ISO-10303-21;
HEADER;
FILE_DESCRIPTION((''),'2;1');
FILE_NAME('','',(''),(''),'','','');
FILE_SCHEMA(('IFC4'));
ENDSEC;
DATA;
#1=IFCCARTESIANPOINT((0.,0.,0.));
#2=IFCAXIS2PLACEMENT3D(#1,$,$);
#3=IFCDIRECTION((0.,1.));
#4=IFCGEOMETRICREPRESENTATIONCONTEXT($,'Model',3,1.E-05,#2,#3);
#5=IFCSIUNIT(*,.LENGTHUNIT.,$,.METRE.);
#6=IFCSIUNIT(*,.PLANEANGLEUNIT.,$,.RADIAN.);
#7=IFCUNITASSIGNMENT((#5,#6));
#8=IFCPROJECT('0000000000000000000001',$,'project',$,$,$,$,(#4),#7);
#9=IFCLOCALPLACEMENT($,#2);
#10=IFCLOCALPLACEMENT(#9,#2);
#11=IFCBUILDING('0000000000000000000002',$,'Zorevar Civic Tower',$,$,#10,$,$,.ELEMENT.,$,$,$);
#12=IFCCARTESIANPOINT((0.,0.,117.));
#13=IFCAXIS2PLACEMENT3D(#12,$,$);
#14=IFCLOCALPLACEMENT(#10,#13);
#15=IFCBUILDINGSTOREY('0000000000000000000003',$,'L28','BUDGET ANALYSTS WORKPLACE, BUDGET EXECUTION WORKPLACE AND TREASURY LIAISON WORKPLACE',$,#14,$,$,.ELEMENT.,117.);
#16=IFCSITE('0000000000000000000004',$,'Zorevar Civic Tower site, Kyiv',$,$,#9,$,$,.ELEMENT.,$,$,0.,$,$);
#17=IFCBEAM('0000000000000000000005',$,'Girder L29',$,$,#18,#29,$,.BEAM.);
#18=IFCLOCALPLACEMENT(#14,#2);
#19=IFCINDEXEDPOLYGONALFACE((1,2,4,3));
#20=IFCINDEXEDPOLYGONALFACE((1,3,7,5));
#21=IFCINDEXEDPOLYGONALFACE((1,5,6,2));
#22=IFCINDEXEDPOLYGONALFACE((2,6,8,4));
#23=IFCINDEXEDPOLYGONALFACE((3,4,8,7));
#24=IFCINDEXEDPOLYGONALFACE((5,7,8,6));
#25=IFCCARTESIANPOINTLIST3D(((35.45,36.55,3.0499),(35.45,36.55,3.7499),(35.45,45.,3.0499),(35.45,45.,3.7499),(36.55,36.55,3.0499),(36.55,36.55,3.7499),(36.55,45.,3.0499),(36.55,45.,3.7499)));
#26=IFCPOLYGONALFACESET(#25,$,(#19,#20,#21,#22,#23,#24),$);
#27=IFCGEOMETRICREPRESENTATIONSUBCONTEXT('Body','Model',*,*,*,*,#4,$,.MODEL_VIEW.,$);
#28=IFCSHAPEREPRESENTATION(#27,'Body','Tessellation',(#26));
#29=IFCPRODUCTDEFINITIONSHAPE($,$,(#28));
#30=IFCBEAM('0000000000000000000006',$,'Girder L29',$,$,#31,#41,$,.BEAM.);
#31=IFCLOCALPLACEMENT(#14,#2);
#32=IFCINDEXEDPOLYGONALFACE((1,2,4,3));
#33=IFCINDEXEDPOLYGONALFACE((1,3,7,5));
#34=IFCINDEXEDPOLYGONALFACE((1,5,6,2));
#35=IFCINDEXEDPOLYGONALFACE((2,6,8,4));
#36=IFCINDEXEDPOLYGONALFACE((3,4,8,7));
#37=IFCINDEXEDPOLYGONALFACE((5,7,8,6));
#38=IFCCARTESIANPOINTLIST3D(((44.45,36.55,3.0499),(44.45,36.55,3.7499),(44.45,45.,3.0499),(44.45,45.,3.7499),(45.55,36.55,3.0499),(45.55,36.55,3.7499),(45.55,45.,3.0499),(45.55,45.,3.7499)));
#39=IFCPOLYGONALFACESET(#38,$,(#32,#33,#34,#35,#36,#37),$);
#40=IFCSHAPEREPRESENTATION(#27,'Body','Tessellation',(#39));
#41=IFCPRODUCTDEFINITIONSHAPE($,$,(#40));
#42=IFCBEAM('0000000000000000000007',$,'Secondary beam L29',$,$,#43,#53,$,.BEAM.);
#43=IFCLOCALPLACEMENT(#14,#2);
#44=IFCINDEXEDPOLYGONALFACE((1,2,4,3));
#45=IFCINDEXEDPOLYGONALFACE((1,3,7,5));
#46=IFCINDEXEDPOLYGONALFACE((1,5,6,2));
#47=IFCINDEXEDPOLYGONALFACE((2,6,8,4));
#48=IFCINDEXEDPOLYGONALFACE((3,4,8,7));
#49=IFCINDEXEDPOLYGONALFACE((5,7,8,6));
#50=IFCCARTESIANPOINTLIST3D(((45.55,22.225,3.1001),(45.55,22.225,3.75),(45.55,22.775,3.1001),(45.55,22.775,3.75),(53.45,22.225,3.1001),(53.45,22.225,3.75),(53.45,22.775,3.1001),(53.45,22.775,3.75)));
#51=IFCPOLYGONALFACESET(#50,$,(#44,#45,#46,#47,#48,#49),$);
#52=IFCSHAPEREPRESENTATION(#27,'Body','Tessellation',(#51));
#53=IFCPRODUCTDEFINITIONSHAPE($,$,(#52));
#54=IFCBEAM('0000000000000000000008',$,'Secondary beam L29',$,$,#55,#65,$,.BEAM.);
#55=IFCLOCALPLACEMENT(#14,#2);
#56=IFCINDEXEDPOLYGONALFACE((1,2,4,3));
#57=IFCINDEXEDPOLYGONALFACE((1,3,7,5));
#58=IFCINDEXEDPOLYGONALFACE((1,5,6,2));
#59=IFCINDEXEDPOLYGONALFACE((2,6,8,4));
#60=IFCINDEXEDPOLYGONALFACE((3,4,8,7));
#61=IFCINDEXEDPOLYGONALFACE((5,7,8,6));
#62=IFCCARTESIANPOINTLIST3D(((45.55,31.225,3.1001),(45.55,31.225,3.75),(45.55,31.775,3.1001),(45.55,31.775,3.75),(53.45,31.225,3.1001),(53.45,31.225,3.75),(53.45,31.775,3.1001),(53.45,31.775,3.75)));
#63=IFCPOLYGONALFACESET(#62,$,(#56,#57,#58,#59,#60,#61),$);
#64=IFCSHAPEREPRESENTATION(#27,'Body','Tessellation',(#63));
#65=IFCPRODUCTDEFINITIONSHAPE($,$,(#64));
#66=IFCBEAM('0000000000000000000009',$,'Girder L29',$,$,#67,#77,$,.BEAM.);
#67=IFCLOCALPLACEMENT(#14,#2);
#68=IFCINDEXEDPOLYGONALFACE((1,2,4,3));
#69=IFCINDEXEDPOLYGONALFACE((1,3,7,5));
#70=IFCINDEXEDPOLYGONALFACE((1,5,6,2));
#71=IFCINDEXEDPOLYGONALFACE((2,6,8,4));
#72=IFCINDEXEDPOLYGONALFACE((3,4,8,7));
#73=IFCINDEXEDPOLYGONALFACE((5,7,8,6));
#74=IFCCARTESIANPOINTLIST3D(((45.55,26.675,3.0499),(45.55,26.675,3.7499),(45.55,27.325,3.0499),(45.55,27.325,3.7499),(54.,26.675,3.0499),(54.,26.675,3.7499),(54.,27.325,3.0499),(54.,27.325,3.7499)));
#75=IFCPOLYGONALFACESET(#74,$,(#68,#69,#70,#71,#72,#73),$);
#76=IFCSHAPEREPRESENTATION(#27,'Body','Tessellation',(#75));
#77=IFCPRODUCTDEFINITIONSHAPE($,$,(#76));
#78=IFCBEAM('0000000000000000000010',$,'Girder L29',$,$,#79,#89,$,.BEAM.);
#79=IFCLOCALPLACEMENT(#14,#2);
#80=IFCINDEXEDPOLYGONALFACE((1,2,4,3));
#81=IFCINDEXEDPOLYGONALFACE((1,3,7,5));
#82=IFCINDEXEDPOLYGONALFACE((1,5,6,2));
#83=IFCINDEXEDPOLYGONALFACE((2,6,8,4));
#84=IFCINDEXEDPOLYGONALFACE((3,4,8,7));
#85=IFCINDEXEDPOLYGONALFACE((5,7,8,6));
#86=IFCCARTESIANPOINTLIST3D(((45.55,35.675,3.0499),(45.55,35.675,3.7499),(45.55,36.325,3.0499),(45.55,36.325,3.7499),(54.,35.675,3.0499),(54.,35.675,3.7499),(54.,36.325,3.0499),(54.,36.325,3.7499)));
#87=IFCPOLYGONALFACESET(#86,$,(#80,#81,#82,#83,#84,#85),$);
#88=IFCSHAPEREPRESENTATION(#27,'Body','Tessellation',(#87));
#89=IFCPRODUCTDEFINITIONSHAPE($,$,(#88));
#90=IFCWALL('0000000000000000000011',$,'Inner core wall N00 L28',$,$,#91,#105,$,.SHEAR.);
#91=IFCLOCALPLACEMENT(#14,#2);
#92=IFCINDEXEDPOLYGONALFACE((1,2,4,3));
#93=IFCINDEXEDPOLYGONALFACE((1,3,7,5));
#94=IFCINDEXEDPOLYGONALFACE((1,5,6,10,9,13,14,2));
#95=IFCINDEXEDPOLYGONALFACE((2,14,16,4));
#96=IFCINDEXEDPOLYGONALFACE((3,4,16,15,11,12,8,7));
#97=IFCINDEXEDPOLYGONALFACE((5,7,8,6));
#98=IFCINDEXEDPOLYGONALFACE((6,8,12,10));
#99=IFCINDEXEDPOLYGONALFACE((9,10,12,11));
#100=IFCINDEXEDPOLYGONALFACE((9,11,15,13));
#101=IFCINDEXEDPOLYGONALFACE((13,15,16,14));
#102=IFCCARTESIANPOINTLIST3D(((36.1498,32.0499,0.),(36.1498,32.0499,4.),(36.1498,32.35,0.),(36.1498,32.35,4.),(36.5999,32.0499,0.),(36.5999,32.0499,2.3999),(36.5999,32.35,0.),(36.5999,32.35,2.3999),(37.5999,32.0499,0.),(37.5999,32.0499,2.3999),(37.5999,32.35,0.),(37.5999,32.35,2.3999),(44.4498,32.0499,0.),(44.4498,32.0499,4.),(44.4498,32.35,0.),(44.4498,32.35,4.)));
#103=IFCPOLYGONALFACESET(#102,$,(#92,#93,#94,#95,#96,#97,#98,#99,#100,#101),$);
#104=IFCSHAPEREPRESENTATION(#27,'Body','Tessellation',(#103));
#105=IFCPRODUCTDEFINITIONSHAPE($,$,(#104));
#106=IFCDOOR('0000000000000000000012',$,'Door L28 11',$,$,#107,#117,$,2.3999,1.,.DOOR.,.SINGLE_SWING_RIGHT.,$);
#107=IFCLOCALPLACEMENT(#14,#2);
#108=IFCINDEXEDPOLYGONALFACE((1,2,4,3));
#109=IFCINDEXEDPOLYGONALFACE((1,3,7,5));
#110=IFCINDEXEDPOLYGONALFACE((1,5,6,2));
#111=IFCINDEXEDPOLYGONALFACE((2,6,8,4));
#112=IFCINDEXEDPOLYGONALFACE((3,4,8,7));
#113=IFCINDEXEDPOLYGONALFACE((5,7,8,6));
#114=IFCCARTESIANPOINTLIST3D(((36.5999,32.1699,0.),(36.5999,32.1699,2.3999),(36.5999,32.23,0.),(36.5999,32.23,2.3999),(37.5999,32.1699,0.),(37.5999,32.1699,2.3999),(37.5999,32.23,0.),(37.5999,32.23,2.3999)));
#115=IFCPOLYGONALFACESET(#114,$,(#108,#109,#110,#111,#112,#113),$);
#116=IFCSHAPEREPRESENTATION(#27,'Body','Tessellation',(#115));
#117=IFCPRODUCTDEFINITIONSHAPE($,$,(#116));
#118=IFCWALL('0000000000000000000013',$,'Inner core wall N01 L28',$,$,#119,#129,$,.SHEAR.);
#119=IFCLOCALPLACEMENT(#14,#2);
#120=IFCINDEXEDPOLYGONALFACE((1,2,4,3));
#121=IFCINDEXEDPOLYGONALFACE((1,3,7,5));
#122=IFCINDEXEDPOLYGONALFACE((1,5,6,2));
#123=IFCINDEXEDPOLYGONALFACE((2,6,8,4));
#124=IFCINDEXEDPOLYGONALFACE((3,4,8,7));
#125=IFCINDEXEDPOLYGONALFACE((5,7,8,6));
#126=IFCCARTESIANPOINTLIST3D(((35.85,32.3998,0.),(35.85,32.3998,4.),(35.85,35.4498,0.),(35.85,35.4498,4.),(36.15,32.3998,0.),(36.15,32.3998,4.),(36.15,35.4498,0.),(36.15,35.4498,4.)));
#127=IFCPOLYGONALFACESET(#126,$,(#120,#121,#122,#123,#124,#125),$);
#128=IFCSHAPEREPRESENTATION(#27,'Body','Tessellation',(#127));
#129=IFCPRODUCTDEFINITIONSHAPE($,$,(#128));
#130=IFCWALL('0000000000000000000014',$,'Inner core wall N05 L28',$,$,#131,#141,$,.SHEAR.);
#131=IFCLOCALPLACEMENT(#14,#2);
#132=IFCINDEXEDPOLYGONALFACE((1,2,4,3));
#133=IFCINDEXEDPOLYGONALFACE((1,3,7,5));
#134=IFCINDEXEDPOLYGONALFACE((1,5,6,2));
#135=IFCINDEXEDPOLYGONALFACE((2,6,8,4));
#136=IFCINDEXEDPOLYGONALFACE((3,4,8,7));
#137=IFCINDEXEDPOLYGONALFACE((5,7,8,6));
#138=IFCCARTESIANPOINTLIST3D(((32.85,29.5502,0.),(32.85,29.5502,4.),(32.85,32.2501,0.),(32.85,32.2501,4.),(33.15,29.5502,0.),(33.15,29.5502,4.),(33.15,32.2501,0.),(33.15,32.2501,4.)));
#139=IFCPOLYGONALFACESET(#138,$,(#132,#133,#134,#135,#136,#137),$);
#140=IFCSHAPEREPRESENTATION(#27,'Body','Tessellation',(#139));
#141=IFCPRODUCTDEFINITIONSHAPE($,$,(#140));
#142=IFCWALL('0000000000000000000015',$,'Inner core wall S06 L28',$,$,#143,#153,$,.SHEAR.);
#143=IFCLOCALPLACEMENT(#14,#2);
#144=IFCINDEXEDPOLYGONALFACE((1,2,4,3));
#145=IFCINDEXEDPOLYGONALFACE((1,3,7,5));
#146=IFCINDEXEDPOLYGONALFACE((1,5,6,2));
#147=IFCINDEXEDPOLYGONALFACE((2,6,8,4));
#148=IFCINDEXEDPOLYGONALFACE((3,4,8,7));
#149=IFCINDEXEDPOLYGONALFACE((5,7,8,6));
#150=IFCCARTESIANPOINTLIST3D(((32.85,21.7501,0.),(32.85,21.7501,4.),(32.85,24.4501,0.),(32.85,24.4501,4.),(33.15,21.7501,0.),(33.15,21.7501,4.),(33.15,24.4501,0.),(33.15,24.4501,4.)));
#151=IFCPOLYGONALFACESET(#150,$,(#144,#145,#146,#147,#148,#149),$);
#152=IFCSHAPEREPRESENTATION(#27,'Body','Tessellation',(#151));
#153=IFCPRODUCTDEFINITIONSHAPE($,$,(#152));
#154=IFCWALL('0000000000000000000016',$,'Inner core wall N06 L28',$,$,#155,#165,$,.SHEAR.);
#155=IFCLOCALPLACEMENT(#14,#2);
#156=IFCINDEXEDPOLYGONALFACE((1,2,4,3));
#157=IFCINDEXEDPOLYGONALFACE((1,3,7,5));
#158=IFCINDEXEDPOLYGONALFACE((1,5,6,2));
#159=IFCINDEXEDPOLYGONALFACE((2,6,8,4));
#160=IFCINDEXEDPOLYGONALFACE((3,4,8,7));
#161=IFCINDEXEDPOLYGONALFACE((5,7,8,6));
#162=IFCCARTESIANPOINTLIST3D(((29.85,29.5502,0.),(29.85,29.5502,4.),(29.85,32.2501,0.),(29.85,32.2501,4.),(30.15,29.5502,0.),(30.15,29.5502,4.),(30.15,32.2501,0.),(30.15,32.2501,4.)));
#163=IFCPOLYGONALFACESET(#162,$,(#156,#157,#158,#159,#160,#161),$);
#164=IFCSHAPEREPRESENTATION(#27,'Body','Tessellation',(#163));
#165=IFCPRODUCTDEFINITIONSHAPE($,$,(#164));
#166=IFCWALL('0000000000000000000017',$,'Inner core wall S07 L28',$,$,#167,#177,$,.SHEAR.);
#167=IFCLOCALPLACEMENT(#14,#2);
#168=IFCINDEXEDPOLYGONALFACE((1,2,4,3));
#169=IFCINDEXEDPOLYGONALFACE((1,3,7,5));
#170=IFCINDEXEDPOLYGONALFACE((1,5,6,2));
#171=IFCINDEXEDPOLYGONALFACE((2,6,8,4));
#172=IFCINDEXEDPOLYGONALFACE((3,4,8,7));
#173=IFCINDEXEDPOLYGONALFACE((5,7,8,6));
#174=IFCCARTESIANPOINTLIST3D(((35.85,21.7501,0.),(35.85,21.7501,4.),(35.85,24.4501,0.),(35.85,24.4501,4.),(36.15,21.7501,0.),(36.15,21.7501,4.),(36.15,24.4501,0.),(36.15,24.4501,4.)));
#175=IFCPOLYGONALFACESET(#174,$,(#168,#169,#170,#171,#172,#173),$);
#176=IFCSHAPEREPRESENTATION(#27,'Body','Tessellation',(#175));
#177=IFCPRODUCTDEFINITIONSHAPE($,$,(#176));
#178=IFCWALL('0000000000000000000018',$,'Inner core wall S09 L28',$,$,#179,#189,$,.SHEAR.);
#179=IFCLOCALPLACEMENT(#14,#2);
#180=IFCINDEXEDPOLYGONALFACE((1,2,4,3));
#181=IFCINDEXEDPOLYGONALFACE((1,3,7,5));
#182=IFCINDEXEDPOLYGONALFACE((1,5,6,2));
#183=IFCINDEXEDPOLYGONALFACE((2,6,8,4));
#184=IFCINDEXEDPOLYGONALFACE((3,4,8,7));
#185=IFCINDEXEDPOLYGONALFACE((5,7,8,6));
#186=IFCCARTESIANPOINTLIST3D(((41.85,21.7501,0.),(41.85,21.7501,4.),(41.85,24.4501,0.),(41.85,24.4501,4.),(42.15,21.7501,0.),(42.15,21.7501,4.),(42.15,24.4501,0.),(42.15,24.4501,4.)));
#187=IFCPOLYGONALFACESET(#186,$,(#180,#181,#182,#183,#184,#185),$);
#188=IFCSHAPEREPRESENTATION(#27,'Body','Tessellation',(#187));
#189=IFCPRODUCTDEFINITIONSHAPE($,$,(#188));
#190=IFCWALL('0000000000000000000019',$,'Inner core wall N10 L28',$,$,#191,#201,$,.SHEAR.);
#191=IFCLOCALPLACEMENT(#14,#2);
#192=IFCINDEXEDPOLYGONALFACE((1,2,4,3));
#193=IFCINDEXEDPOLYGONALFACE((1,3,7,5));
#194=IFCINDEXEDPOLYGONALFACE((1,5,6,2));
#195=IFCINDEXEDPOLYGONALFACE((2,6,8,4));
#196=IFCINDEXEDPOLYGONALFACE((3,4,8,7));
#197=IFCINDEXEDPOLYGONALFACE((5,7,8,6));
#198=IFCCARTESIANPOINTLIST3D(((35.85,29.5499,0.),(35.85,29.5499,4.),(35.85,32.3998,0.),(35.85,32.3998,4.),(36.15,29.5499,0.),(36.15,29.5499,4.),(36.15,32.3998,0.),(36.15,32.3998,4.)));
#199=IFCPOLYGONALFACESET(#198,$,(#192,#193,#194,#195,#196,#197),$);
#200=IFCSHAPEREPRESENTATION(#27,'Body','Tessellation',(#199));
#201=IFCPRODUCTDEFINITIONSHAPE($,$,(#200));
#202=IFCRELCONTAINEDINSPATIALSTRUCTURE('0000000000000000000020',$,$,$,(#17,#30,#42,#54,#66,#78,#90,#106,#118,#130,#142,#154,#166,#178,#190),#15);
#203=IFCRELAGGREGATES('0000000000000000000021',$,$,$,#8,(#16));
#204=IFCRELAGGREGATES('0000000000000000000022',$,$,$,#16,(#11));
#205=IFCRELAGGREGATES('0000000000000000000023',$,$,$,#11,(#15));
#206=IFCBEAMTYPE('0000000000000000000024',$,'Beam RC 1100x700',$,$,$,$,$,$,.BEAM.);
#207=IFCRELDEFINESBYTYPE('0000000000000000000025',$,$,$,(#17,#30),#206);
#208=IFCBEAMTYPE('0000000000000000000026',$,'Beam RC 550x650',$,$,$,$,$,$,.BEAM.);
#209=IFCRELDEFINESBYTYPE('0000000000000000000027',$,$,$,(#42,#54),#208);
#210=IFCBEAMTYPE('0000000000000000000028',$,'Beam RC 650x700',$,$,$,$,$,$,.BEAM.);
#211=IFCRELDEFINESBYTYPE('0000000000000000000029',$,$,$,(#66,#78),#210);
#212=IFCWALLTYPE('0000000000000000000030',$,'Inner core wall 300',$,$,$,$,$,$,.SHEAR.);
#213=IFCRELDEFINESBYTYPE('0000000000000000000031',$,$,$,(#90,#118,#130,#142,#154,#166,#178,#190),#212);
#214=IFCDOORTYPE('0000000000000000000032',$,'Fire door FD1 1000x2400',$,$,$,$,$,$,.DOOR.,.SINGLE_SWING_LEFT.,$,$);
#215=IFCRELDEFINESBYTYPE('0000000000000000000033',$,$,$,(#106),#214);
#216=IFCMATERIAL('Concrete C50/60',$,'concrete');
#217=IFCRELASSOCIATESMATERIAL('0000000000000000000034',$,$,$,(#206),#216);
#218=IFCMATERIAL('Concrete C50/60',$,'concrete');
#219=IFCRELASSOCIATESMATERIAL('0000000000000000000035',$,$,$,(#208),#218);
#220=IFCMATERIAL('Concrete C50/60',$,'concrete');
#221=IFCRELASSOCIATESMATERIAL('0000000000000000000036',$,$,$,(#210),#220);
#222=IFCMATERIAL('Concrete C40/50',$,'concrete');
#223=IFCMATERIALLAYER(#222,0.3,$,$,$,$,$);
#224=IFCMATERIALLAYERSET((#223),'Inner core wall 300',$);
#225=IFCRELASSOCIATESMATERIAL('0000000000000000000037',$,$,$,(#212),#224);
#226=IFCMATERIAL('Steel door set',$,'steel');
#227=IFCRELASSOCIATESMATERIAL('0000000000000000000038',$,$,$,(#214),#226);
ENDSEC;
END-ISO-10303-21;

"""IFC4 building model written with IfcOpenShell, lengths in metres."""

from ifc_helpers import new_model, si_unit, direction, frame, frame_2d, origin, origin_2d, place, context, subcontext, project, spatial, rectangle, extrude, material, layer, layer_set, material_profile, profile_set, type_object, element, fill, save


model = new_model("IFC4")

# Units and contexts
model_context = context("Model", 3, precision=1e-05, world=origin(), true_north=direction((0.0, 1.0)))
body_context = subcontext(model_context, "Body", "Model", "MODEL_VIEW")
ifc_project = project(units=[si_unit("LENGTHUNIT", "METRE"), si_unit("PLANEANGLEUNIT", "RADIAN")], contexts=[model_context])

# Site, building, storey
site_placement = place(None, origin())
site = spatial("IfcSite", under=ifc_project, at=site_placement, Name="Zorevar Civic Tower site, Kyiv", CompositionType="ELEMENT", RefElevation=0.0)
building_placement = place(site_placement, origin())
building = spatial("IfcBuilding", under=site, at=building_placement, Name="Zorevar Civic Tower", CompositionType="ELEMENT")
storey_placement = place(building_placement, frame((0.0, 0.0, 117.0)))
storey = spatial("IfcBuildingStorey", under=building, at=storey_placement, Name="L28", Description="BUDGET ANALYSTS WORKPLACE, BUDGET EXECUTION WORKPLACE AND TREASURY LIAISON WORKPLACE", CompositionType="ELEMENT", Elevation=117.0)

# Beams
ifc_material_1 = material(Name="Concrete C50/60", Category="concrete")
ifc_material_profile_1 = material_profile(ifc_material_1, rectangle(XDim=1.1001, YDim=0.7, at=origin_2d()), Name="RC 1100x700")
ifc_profile_set_1 = profile_set([ifc_material_profile_1], Name="Concrete C50/60")
beam_type_1 = type_object("IfcBeamType", Name="Beam RC 1100x700", PredefinedType="BEAM", material=ifc_profile_set_1)
for number, where, z_axis, x_axis, name in (
    (1, (36.0, 36.55, 3.3999), (0.0, 1.0, 0.0), (-1.0, 0.0, 0.0), "Girder L29"),
    (2, (45.0, 36.55, 3.3999), (0.0, 1.0, 0.0), (-1.0, 0.0, 0.0), "Girder L29"),
):
    element("IfcBeam", number, at=place(storey_placement, frame(where, z_axis=z_axis, x_axis=x_axis)), inside=storey, type_object=beam_type_1, Name=name, PredefinedType="BEAM", context=body_context, shape_type="SweptSolid", body=[
        extrude(rectangle(XDim=1.1001, YDim=0.7, at=origin_2d()), origin(), (0.0, 0.0, 1.0), 8.45),
    ])
ifc_material_2 = material(Name="Concrete C50/60", Category="concrete")
ifc_material_profile_2 = material_profile(ifc_material_2, rectangle(XDim=0.55, YDim=0.6499, at=origin_2d()), Name="RC 550x650")
ifc_profile_set_2 = profile_set([ifc_material_profile_2], Name="Concrete C50/60")
beam_type_2 = type_object("IfcBeamType", Name="Beam RC 550x650", PredefinedType="BEAM", material=ifc_profile_set_2)
for number, where, z_axis, x_axis, name in (
    (3, (45.55, 22.5, 3.425), (1.0, 0.0, 0.0), (0.0, 1.0, 0.0), "Secondary beam L29"),
    (4, (45.55, 31.5, 3.425), (1.0, 0.0, 0.0), (0.0, 1.0, 0.0), "Secondary beam L29"),
):
    element("IfcBeam", number, at=place(storey_placement, frame(where, z_axis=z_axis, x_axis=x_axis)), inside=storey, type_object=beam_type_2, Name=name, PredefinedType="BEAM", context=body_context, shape_type="SweptSolid", body=[
        extrude(rectangle(XDim=0.55, YDim=0.6499, at=origin_2d()), origin(), (0.0, 0.0, 1.0), 7.8999),
    ])
ifc_material_3 = material(Name="Concrete C50/60", Category="concrete")
ifc_material_profile_3 = material_profile(ifc_material_3, rectangle(XDim=0.6499, YDim=0.7, at=origin_2d()), Name="RC 650x700")
ifc_profile_set_3 = profile_set([ifc_material_profile_3], Name="Concrete C50/60")
beam_type_3 = type_object("IfcBeamType", Name="Beam RC 650x700", PredefinedType="BEAM", material=ifc_profile_set_3)
for number, where, z_axis, x_axis, name in (
    (5, (45.55, 27.0, 3.3999), (1.0, 0.0, 0.0), (0.0, 1.0, 0.0), "Girder L29"),
    (6, (45.55, 36.0, 3.3999), (1.0, 0.0, 0.0), (0.0, 1.0, 0.0), "Girder L29"),
):
    element("IfcBeam", number, at=place(storey_placement, frame(where, z_axis=z_axis, x_axis=x_axis)), inside=storey, type_object=beam_type_3, Name=name, PredefinedType="BEAM", context=body_context, shape_type="SweptSolid", body=[
        extrude(rectangle(XDim=0.6499, YDim=0.7, at=origin_2d()), origin(), (0.0, 0.0, 1.0), 8.45),
    ])

# Wall, opening, door
ifc_material_4 = material(Name="Concrete C40/50", Category="concrete")
ifc_layer_1 = layer(ifc_material_4, 0.3)
ifc_layer_set_1 = layer_set([ifc_layer_1], Name="Inner core wall 300")
wall_type_1 = type_object("IfcWallType", Name="Inner core wall 300", PredefinedType="SHEAR", material=ifc_layer_set_1)
wall_1_placement = place(storey_placement, frame((36.1499, 32.2, 0.0), z_axis=(0.0, 0.0, 1.0), x_axis=(1.0, 0.0, 0.0)))
wall_1 = element("IfcWall", 7, at=wall_1_placement, inside=storey, type_object=wall_type_1, Name="Inner core wall N00 L28", PredefinedType="SHEAR", context=body_context, shape_type="SweptSolid", body=[
    extrude(rectangle(XDim=8.3, YDim=0.3, at=frame_2d((4.1499, 0.0))), origin(), (0.0, 0.0, 1.0), 4.0),
])
opening_1_placement = place(wall_1_placement, frame((0.45, 0.0, 0.0)))
opening_1 = element("IfcOpeningElement", 8, at=opening_1_placement, cuts=wall_1, PredefinedType="OPENING", context=body_context, shape_type="SweptSolid", body=[
    extrude(rectangle(XDim=1.0, YDim=2.3999, at=frame_2d((0.5, 1.2))), frame((0.0, 0.1599, 0.0), z_axis=(0.0, -1.0, 0.0), x_axis=(1.0, 0.0, 0.0)), (0.0, 0.0, 1.0), 0.3201),
])
ifc_material_5 = material(Name="Steel door set", Category="steel")
door_type_1 = type_object("IfcDoorType", Name="Fire door FD1 1000x2400", OperationType="SINGLE_SWING_LEFT", PredefinedType="DOOR", material=ifc_material_5)
door_1_placement = place(opening_1_placement, origin())
door_1 = element("IfcDoor", 9, at=door_1_placement, inside=storey, type_object=door_type_1, Name="Door L28 11", OperationType="SINGLE_SWING_RIGHT", OverallHeight=2.3999, OverallWidth=1.0, PredefinedType="DOOR", context=body_context, shape_type="SweptSolid", body=[
    extrude(rectangle(XDim=1.0, YDim=2.3999, at=frame_2d((0.5, 1.2))), frame((0.0, 0.03, 0.0), z_axis=(0.0, -1.0, 0.0), x_axis=(1.0, 0.0, 0.0)), (0.0, 0.0, 1.0), 0.0601),
])
fill(opening_1, door_1)

# Wall
wall_2_placement = place(storey_placement, frame((36.0, 32.3999, 0.0), z_axis=(0.0, 0.0, 1.0), x_axis=(0.0, 1.0, 0.0)))
element("IfcWall", 10, at=wall_2_placement, inside=storey, type_object=wall_type_1, Name="Inner core wall N01 L28", PredefinedType="SHEAR", context=body_context, shape_type="SweptSolid", body=[
    extrude(rectangle(XDim=3.05, YDim=0.3, at=frame_2d((1.5249, 0.0))), origin(), (0.0, 0.0, 1.0), 4.0),
])

# Walls
for number, where, z_axis, x_axis, name in (
    (11, (33.0, 29.55, 0.0), (0.0, 0.0, 1.0), (0.0, 1.0, 0.0), "Inner core wall N05 L28"),
    (12, (33.0, 21.75, 0.0), (0.0, 0.0, 1.0), (0.0, 1.0, 0.0), "Inner core wall S06 L28"),
    (13, (30.0, 29.55, 0.0), (0.0, 0.0, 1.0), (0.0, 1.0, 0.0), "Inner core wall N06 L28"),
    (14, (36.0, 21.75, 0.0), (0.0, 0.0, 1.0), (0.0, 1.0, 0.0), "Inner core wall S07 L28"),
    (15, (42.0, 21.75, 0.0), (0.0, 0.0, 1.0), (0.0, 1.0, 0.0), "Inner core wall S09 L28"),
):
    element("IfcWall", number, at=place(storey_placement, frame(where, z_axis=z_axis, x_axis=x_axis)), inside=storey, type_object=wall_type_1, Name=name, PredefinedType="SHEAR", context=body_context, shape_type="SweptSolid", body=[
        extrude(rectangle(XDim=2.7, YDim=0.3, at=frame_2d((1.3501, 0.0))), origin(), (0.0, 0.0, 1.0), 4.0),
    ])
wall_3_placement = place(storey_placement, frame((36.0, 29.55, 0.0), z_axis=(0.0, 0.0, 1.0), x_axis=(0.0, 1.0, 0.0)))
element("IfcWall", 16, at=wall_3_placement, inside=storey, type_object=wall_type_1, Name="Inner core wall N10 L28", PredefinedType="SHEAR", context=body_context, shape_type="SweptSolid", body=[
    extrude(rectangle(XDim=2.8499, YDim=0.3, at=frame_2d((1.4248, 0.0))), origin(), (0.0, 0.0, 1.0), 4.0),
])

save(model, "model.ifc")
